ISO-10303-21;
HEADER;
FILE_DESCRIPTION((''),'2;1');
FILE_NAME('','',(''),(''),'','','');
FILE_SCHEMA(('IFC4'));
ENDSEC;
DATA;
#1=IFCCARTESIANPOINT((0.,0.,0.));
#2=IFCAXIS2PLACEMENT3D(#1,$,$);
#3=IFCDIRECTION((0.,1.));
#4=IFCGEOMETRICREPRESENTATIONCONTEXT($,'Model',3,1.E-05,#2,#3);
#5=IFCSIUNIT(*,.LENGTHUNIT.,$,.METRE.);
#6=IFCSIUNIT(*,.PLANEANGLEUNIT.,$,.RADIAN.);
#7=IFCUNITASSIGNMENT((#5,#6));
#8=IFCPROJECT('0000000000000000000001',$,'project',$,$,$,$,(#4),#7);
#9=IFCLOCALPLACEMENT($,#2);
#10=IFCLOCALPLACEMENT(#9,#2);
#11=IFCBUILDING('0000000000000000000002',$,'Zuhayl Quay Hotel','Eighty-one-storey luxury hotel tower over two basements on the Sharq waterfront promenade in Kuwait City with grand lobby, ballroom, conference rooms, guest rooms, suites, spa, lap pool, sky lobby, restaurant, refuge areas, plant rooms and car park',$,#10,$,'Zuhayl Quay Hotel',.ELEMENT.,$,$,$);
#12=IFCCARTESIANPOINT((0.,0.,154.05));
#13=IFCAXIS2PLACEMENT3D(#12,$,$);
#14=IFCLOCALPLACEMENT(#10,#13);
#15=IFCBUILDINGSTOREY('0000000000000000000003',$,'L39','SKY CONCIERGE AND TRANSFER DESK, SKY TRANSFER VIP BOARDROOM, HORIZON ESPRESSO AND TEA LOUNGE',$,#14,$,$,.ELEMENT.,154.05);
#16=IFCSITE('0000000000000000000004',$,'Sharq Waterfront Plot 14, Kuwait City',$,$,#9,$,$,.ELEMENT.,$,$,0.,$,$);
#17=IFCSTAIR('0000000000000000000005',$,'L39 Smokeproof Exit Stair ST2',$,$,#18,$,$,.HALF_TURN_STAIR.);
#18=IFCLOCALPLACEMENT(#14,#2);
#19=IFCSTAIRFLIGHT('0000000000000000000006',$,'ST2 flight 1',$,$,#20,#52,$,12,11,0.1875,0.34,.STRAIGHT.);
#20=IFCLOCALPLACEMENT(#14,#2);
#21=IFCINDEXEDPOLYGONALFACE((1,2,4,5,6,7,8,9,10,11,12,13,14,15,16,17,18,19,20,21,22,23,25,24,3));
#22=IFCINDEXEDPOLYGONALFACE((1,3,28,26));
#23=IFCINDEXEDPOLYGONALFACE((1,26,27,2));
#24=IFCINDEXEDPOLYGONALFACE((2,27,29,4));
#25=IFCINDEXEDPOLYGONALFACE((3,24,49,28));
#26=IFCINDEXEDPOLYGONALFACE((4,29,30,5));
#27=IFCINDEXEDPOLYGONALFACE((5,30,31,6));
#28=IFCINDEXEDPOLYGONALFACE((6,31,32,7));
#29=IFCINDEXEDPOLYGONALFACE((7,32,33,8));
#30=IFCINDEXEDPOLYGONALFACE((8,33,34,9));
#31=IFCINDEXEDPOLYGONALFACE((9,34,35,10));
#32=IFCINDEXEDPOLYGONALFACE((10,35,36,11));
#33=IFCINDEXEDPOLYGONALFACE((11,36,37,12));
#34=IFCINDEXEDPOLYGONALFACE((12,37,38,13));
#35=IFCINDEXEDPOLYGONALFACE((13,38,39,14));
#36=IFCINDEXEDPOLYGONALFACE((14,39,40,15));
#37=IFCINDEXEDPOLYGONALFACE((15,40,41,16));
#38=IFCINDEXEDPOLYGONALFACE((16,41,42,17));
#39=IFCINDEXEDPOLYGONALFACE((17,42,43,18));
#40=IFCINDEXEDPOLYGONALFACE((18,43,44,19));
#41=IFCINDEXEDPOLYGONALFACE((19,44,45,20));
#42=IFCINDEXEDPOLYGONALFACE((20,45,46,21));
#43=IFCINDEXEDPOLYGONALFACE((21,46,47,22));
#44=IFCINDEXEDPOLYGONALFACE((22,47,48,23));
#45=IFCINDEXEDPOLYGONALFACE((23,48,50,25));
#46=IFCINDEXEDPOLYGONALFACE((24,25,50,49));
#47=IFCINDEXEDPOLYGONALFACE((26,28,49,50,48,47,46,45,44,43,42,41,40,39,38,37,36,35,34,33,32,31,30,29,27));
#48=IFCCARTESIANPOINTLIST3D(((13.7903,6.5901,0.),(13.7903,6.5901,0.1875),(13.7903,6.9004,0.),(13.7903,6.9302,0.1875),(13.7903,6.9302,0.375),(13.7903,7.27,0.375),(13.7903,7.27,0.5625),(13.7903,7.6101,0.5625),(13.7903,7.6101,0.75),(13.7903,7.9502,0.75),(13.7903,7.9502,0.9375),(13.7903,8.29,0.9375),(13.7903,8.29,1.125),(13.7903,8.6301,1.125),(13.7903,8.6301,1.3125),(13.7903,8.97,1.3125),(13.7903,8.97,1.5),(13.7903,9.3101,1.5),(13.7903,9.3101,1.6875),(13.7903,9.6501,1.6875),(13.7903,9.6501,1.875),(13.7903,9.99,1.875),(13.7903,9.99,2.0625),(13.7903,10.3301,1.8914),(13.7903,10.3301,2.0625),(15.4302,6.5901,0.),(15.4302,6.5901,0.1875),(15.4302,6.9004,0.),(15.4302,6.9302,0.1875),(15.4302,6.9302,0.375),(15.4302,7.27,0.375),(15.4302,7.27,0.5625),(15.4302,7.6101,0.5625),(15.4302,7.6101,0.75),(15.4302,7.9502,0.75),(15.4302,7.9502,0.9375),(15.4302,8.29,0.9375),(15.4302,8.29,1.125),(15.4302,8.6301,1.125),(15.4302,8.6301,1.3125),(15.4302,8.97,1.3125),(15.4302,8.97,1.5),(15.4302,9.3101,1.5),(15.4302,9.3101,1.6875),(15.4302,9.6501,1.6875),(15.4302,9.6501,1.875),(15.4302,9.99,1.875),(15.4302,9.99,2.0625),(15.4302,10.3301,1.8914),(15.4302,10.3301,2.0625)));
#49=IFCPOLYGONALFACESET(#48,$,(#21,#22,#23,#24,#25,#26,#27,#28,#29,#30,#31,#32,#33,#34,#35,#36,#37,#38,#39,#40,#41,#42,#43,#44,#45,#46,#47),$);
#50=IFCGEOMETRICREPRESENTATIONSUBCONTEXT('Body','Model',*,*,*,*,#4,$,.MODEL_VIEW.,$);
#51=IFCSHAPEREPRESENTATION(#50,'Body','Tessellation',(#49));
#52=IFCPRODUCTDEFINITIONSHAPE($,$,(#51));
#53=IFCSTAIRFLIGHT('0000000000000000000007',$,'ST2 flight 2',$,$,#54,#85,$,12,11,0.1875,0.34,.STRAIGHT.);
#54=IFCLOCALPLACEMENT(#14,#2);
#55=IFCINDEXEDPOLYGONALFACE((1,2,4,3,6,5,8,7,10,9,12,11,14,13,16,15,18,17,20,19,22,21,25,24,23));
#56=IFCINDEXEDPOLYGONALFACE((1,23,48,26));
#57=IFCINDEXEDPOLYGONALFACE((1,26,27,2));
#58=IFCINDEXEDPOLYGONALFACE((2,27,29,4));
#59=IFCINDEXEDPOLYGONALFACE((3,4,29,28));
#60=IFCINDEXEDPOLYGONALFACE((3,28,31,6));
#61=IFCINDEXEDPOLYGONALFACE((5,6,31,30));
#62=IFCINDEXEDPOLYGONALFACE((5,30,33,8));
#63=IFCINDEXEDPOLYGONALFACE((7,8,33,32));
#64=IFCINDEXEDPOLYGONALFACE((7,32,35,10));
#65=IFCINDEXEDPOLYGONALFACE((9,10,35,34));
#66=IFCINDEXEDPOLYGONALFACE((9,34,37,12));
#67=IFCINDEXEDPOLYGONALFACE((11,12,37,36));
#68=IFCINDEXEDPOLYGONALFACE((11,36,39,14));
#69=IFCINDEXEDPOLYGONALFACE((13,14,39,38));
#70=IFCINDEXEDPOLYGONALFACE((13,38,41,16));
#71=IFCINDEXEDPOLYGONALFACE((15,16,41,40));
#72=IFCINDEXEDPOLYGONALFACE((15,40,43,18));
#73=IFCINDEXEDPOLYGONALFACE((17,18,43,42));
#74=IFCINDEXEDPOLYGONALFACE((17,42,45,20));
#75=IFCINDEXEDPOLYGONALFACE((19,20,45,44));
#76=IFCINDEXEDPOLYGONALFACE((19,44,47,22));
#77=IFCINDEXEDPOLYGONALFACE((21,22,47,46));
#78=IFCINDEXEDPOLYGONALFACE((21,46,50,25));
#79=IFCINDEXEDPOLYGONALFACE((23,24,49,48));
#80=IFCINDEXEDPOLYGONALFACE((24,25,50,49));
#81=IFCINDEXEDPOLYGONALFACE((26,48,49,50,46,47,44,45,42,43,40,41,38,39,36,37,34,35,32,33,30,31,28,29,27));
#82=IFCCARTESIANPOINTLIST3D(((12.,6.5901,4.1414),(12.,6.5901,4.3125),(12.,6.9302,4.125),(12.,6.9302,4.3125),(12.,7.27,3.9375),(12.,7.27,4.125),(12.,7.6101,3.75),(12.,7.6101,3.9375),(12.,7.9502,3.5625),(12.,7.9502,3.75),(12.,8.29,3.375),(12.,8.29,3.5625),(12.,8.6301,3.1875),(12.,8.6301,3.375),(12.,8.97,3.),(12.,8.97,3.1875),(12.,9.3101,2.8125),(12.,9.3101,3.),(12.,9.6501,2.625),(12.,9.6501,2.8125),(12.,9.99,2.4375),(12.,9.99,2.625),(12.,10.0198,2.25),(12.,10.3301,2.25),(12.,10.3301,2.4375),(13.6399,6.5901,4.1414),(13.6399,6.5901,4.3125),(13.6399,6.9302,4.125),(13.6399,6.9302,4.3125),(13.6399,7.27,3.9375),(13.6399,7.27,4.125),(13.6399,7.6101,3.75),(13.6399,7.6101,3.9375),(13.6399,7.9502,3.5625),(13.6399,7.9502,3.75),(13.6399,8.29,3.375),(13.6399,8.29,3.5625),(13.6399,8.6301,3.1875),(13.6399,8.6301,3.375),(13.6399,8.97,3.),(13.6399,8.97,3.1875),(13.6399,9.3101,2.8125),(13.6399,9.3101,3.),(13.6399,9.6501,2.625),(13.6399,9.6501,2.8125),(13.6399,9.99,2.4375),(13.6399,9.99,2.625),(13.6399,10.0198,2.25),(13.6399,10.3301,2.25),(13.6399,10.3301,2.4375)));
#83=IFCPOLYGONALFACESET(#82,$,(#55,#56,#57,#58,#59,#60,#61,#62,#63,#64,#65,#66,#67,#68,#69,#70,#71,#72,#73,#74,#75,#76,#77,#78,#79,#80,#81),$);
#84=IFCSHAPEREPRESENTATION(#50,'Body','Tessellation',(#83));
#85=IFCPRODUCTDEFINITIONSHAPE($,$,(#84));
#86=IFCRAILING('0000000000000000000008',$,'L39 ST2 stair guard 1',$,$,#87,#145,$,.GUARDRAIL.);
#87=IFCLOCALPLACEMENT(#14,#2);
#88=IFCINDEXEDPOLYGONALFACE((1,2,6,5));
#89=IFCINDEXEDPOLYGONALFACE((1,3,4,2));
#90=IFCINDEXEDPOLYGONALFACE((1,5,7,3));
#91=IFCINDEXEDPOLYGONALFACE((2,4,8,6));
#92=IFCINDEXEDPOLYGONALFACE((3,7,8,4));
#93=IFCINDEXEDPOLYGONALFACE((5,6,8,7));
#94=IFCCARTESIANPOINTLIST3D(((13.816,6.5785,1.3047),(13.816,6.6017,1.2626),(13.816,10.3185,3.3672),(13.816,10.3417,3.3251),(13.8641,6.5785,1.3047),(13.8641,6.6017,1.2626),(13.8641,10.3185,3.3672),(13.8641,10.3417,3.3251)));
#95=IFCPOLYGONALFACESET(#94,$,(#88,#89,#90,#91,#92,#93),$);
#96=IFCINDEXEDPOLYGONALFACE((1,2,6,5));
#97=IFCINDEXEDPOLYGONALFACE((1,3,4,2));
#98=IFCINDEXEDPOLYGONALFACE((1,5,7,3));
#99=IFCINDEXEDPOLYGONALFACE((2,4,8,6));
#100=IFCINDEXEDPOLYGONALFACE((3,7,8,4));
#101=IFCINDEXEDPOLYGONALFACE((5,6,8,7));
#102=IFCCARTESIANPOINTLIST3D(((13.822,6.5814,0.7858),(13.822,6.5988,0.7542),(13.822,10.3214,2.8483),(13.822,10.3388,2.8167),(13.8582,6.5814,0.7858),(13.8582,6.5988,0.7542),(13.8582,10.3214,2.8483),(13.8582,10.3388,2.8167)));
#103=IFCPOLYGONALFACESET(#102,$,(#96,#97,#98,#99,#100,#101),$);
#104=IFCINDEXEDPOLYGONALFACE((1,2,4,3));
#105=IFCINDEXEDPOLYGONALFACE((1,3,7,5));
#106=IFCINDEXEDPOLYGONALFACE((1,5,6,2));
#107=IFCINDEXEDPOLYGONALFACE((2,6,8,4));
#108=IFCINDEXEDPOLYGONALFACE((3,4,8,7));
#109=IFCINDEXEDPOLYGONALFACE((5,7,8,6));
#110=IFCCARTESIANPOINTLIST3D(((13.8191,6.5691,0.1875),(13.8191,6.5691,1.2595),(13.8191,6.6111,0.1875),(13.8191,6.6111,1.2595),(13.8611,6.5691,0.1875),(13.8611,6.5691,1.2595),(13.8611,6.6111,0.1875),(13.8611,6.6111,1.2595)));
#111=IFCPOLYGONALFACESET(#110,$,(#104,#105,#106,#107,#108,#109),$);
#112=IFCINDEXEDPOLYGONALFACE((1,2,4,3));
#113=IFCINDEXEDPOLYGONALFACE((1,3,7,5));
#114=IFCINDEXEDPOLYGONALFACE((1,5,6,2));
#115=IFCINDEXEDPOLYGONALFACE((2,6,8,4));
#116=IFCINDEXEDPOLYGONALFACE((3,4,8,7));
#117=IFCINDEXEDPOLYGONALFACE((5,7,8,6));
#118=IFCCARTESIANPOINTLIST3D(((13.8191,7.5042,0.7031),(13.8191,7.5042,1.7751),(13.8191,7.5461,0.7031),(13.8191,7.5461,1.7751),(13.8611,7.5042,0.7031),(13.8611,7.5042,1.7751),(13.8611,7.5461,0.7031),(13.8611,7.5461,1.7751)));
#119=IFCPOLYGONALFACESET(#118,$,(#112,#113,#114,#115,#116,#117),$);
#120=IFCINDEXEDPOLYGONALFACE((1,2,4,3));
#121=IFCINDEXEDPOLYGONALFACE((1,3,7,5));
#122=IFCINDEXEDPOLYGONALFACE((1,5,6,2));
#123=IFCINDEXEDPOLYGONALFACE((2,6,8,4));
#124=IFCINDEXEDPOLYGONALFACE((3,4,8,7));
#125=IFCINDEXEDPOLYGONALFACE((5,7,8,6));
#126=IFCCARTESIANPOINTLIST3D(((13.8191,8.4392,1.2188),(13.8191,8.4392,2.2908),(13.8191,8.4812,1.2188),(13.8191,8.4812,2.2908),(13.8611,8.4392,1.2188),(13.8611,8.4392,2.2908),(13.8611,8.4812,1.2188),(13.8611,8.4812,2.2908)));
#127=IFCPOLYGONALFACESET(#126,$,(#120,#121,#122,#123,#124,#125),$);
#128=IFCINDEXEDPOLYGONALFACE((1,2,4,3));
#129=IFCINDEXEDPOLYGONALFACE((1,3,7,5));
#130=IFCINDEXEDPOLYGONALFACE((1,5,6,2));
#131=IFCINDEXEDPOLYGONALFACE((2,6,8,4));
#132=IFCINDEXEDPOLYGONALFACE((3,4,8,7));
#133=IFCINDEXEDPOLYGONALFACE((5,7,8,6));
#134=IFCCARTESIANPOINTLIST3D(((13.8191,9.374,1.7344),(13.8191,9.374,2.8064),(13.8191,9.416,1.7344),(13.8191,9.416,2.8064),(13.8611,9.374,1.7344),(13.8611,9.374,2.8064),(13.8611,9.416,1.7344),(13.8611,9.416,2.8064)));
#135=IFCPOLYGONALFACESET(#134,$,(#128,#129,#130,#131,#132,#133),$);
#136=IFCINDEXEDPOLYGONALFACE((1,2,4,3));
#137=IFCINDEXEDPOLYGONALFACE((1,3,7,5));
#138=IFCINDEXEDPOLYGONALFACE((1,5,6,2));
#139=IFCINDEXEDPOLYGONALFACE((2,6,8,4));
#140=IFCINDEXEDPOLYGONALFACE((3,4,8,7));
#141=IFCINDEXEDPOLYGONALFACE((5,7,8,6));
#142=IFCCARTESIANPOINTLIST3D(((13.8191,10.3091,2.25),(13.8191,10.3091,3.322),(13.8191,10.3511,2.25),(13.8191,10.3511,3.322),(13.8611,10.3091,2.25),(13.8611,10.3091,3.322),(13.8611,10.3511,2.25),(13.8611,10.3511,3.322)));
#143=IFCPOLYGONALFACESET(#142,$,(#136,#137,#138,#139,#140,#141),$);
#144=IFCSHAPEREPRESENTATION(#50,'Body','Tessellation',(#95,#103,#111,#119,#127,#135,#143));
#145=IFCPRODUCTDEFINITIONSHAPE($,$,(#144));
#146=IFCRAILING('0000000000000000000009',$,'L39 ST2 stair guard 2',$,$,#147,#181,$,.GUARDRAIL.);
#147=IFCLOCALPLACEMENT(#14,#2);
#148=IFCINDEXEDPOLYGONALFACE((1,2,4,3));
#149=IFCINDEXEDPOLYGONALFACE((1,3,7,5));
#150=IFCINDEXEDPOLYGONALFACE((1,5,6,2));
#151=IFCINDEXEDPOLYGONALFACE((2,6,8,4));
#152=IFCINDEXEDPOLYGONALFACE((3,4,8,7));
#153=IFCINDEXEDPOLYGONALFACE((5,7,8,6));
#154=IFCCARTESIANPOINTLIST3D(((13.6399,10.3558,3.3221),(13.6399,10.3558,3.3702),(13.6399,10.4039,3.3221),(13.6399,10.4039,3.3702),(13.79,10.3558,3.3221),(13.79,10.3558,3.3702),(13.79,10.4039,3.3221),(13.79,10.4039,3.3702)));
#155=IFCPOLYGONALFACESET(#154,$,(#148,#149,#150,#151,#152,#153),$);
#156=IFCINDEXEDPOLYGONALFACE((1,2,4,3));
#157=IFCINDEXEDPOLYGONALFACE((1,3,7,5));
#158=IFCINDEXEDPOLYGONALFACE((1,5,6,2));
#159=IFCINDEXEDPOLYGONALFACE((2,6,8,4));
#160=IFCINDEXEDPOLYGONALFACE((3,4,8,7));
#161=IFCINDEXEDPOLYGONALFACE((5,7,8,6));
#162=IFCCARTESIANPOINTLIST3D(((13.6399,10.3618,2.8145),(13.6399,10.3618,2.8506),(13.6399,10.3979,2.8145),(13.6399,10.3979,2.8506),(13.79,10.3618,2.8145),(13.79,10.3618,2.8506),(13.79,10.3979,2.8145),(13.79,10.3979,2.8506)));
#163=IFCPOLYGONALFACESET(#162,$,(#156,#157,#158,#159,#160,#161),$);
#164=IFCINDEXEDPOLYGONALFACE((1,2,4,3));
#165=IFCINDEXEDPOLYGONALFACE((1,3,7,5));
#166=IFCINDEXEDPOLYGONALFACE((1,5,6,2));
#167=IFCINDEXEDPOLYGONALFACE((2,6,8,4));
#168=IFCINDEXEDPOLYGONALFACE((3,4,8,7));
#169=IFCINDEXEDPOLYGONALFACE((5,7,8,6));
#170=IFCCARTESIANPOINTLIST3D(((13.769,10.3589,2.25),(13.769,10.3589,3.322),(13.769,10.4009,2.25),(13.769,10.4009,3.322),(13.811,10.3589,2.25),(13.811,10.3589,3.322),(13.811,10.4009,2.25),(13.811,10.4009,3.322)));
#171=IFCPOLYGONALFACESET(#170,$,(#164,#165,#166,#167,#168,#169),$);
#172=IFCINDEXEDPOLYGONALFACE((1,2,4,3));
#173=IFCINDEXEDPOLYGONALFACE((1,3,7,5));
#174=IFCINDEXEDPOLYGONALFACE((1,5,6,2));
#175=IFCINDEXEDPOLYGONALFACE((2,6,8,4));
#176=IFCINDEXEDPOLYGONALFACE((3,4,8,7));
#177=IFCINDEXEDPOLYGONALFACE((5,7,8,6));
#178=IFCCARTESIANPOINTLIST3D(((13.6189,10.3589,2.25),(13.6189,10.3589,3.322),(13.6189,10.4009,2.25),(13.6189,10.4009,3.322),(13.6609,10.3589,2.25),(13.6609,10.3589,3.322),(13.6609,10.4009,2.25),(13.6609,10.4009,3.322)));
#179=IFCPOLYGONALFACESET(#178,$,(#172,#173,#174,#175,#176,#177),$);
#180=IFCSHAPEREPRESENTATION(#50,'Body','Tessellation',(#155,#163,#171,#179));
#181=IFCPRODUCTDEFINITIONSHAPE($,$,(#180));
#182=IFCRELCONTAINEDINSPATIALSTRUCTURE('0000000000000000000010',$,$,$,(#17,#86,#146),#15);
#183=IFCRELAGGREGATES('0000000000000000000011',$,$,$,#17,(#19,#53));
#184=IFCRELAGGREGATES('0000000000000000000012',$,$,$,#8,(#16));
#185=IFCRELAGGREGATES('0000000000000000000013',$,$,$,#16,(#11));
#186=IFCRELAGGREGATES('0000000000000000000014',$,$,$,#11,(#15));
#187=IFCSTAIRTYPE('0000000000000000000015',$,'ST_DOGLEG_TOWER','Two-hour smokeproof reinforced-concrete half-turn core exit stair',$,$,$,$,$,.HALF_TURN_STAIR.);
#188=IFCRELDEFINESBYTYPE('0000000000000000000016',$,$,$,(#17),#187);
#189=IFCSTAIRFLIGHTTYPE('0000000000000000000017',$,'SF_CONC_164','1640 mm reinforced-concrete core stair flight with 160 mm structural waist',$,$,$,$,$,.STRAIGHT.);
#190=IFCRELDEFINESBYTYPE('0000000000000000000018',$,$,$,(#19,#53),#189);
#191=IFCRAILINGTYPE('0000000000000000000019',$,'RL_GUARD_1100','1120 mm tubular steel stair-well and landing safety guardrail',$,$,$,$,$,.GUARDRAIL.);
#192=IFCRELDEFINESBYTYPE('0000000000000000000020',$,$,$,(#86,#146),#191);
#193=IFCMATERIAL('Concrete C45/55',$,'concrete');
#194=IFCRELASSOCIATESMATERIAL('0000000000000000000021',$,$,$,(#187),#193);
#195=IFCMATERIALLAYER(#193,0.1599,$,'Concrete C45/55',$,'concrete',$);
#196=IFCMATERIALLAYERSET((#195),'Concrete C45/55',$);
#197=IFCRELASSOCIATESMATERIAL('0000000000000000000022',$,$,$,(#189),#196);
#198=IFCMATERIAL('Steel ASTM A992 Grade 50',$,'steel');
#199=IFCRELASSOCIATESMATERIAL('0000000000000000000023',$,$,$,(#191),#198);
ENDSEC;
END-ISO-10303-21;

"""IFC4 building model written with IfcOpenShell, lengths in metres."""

from ifc_helpers import new_model, si_unit, direction, frame, origin, origin_2d, place, context, subcontext, project, spatial, polyline, rectangle, outline, extrude, material, layer, layer_set, type_object, element, aggregate, save


model = new_model("IFC4")

# Units and contexts
model_context = context("Model", 3, precision=1e-05, world=origin(), true_north=direction((0.0, 1.0)))
body_context = subcontext(model_context, "Body", "Model", "MODEL_VIEW")
ifc_project = project(units=[si_unit("LENGTHUNIT", "METRE"), si_unit("PLANEANGLEUNIT", "RADIAN")], contexts=[model_context])

# Site, building, storey
site_placement = place(None, origin())
site = spatial("IfcSite", under=ifc_project, at=site_placement, Name="Sharq Waterfront Plot 14, Kuwait City", CompositionType="ELEMENT", RefElevation=0.0)
building_placement = place(site_placement, origin())
building = spatial("IfcBuilding", under=site, at=building_placement, Name="Zuhayl Quay Hotel", Description="Eighty-one-storey luxury hotel tower over two basements on the Sharq waterfront promenade in Kuwait City with grand lobby, ballroom, conference rooms, guest rooms, suites, spa, lap pool, sky lobby, restaurant, refuge areas, plant rooms and car park", LongName="Zuhayl Quay Hotel", CompositionType="ELEMENT")
storey_placement = place(building_placement, frame((0.0, 0.0, 154.05)))
storey = spatial("IfcBuildingStorey", under=building, at=storey_placement, Name="L39", Description="SKY CONCIERGE AND TRANSFER DESK, SKY TRANSFER VIP BOARDROOM, HORIZON ESPRESSO AND TEA LOUNGE", CompositionType="ELEMENT", Elevation=154.05)

# Shared definitions
ifc_material_1 = material(Name="Steel ASTM A992 Grade 50", Category="steel")

# Stair, stair flights
ifc_material_2 = material(Name="Concrete C45/55", Category="concrete")
stair_type = type_object("IfcStairType", Name="ST_DOGLEG_TOWER", Description="Two-hour smokeproof reinforced-concrete half-turn core exit stair", PredefinedType="HALF_TURN_STAIR", material=ifc_material_2)
stair_placement = place(storey_placement, origin())
stair = element("IfcStair", 1, at=stair_placement, inside=storey, type_object=stair_type, Name="L39 Smokeproof Exit Stair ST2", PredefinedType="HALF_TURN_STAIR")
ifc_layer_1 = layer(ifc_material_2, 0.1599, Name="Concrete C45/55", Category="concrete")
ifc_layer_set_1 = layer_set([ifc_layer_1], Name="Concrete C45/55")
stair_flight_type = type_object("IfcStairFlightType", Name="SF_CONC_164", Description="1640 mm reinforced-concrete core stair flight with 160 mm structural waist", PredefinedType="STRAIGHT", material=ifc_layer_set_1)
stair_flight_1_placement = place(storey_placement, frame((14.6101, 6.5901, 0.0), z_axis=(0.0, 0.0, 1.0), x_axis=(0.0, 1.0, 0.0)))
stair_flight_1 = element("IfcStairFlight", 2, at=stair_flight_1_placement, type_object=stair_flight_type, Name="ST2 flight 1", NumberOfRisers=12, NumberOfTreads=11, PredefinedType="STRAIGHT", RiserHeight=0.1875, TreadLength=0.34, context=body_context, shape_type="SweptSolid", body=[
    extrude(outline(polyline([(0.0, 0.0), (0.0, 0.1875), (0.3401, 0.1875), (0.3401, 0.375), (0.6799, 0.375), (0.6799, 0.5625), (1.02, 0.5625), (1.02, 0.75), (1.3601, 0.75), (1.3601, 0.9375), (1.7, 0.9375), (1.7, 1.125), (2.04, 1.125), (2.04, 1.3125), (2.3799, 1.3125), (2.3799, 1.5), (2.72, 1.5), (2.72, 1.6875), (3.0601, 1.6875), (3.0601, 1.875), (3.3999, 1.875), (3.3999, 2.0625), (3.74, 2.0625), (3.74, 2.25), (3.74, 1.8914), (0.3103, 0.0), (0.0, 0.0)])), frame((0.0, 0.8198, 0.0), z_axis=(0.0, -1.0, 0.0), x_axis=(1.0, 0.0, 0.0)), (0.0, 0.0, 1.0), 1.6399),
])
stair_flight_2_placement = place(storey_placement, frame((12.8201, 10.3301, 2.25), z_axis=(0.0, 0.0, 1.0), x_axis=(0.0, -1.0, 0.0)))
stair_flight_2 = element("IfcStairFlight", 3, at=stair_flight_2_placement, type_object=stair_flight_type, Name="ST2 flight 2", NumberOfRisers=12, NumberOfTreads=11, PredefinedType="STRAIGHT", RiserHeight=0.1875, TreadLength=0.34, context=body_context, shape_type="SweptSolid", body=[
    extrude(outline(polyline([(0.0, 0.0), (0.0, 0.1875), (0.3401, 0.1875), (0.3401, 0.375), (0.6799, 0.375), (0.6799, 0.5625), (1.02, 0.5625), (1.02, 0.75), (1.3601, 0.75), (1.3601, 0.9375), (1.7, 0.9375), (1.7, 1.125), (2.04, 1.125), (2.04, 1.3125), (2.3799, 1.3125), (2.3799, 1.5), (2.72, 1.5), (2.72, 1.6875), (3.0601, 1.6875), (3.0601, 1.875), (3.3999, 1.875), (3.3999, 2.0625), (3.74, 2.0625), (3.74, 2.25), (3.74, 1.8914), (0.3103, 0.0), (0.0, 0.0)])), frame((0.0, 0.8198, 0.0), z_axis=(0.0, -1.0, 0.0), x_axis=(1.0, 0.0, 0.0)), (0.0, 0.0, 1.0), 1.6399),
])
aggregate(stair, [stair_flight_1, stair_flight_2])

# Railings
railing_type_1 = type_object("IfcRailingType", Name="RL_GUARD_1100", Description="1120 mm tubular steel stair-well and landing safety guardrail", PredefinedType="GUARDRAIL", material=ifc_material_1)
railing_1_placement = place(storey_placement, frame((13.8401, 6.5901, 0.1875)))
element("IfcRailing", 4, at=railing_1_placement, inside=storey, type_object=railing_type_1, Name="L39 ST2 stair guard 1", PredefinedType="GUARDRAIL", context=body_context, shape_type="SweptSolid", body=[
    extrude(rectangle(XDim=0.0481, YDim=0.0481, at=origin_2d()), frame((0.0, 0.0, 1.0962), z_axis=(0.0, 0.875671, 0.482908), x_axis=(-1.0, 0.0, 0.0)), (0.0, 0.0, 1.0), 4.271),
    extrude(rectangle(XDim=0.0361, YDim=0.0361, at=origin_2d()), frame((0.0, 0.0, 0.5825), z_axis=(0.0, 0.875671, 0.482908), x_axis=(-1.0, 0.0, 0.0)), (0.0, 0.0, 1.0), 4.271),
    extrude(rectangle(XDim=0.042, YDim=0.042, at=origin_2d()), origin(), (0.0, 0.0, 1.0), 1.072),
    extrude(rectangle(XDim=0.042, YDim=0.042, at=origin_2d()), frame((0.0, 0.9351, 0.5156)), (0.0, 0.0, 1.0), 1.072),
    extrude(rectangle(XDim=0.042, YDim=0.042, at=origin_2d()), frame((0.0, 1.8701, 1.0312)), (0.0, 0.0, 1.0), 1.072),
    extrude(rectangle(XDim=0.042, YDim=0.042, at=origin_2d()), frame((0.0, 2.8049, 1.5469)), (0.0, 0.0, 1.0), 1.072),
    extrude(rectangle(XDim=0.042, YDim=0.042, at=origin_2d()), frame((0.0, 3.74, 2.0625)), (0.0, 0.0, 1.0), 1.072),
])
railing_2_placement = place(storey_placement, frame((13.79, 10.3799, 2.25)))
element("IfcRailing", 5, at=railing_2_placement, inside=storey, type_object=railing_type_1, Name="L39 ST2 stair guard 2", PredefinedType="GUARDRAIL", context=body_context, shape_type="SweptSolid", body=[
    extrude(rectangle(XDim=0.0481, YDim=0.0481, at=origin_2d()), frame((0.0, 0.0, 1.0962), z_axis=(-1.0, 0.0, 0.0), x_axis=(0.0, -1.0, 0.0)), (0.0, 0.0, 1.0), 0.1501),
    extrude(rectangle(XDim=0.0361, YDim=0.0361, at=origin_2d()), frame((0.0, 0.0, 0.5825), z_axis=(-1.0, 0.0, 0.0), x_axis=(0.0, -1.0, 0.0)), (0.0, 0.0, 1.0), 0.1501),
    extrude(rectangle(XDim=0.042, YDim=0.042, at=origin_2d()), origin(), (0.0, 0.0, 1.0), 1.072),
    extrude(rectangle(XDim=0.042, YDim=0.042, at=origin_2d()), frame((-0.1501, 0.0, 0.0)), (0.0, 0.0, 1.0), 1.072),
])

save(model, "model.ifc")
